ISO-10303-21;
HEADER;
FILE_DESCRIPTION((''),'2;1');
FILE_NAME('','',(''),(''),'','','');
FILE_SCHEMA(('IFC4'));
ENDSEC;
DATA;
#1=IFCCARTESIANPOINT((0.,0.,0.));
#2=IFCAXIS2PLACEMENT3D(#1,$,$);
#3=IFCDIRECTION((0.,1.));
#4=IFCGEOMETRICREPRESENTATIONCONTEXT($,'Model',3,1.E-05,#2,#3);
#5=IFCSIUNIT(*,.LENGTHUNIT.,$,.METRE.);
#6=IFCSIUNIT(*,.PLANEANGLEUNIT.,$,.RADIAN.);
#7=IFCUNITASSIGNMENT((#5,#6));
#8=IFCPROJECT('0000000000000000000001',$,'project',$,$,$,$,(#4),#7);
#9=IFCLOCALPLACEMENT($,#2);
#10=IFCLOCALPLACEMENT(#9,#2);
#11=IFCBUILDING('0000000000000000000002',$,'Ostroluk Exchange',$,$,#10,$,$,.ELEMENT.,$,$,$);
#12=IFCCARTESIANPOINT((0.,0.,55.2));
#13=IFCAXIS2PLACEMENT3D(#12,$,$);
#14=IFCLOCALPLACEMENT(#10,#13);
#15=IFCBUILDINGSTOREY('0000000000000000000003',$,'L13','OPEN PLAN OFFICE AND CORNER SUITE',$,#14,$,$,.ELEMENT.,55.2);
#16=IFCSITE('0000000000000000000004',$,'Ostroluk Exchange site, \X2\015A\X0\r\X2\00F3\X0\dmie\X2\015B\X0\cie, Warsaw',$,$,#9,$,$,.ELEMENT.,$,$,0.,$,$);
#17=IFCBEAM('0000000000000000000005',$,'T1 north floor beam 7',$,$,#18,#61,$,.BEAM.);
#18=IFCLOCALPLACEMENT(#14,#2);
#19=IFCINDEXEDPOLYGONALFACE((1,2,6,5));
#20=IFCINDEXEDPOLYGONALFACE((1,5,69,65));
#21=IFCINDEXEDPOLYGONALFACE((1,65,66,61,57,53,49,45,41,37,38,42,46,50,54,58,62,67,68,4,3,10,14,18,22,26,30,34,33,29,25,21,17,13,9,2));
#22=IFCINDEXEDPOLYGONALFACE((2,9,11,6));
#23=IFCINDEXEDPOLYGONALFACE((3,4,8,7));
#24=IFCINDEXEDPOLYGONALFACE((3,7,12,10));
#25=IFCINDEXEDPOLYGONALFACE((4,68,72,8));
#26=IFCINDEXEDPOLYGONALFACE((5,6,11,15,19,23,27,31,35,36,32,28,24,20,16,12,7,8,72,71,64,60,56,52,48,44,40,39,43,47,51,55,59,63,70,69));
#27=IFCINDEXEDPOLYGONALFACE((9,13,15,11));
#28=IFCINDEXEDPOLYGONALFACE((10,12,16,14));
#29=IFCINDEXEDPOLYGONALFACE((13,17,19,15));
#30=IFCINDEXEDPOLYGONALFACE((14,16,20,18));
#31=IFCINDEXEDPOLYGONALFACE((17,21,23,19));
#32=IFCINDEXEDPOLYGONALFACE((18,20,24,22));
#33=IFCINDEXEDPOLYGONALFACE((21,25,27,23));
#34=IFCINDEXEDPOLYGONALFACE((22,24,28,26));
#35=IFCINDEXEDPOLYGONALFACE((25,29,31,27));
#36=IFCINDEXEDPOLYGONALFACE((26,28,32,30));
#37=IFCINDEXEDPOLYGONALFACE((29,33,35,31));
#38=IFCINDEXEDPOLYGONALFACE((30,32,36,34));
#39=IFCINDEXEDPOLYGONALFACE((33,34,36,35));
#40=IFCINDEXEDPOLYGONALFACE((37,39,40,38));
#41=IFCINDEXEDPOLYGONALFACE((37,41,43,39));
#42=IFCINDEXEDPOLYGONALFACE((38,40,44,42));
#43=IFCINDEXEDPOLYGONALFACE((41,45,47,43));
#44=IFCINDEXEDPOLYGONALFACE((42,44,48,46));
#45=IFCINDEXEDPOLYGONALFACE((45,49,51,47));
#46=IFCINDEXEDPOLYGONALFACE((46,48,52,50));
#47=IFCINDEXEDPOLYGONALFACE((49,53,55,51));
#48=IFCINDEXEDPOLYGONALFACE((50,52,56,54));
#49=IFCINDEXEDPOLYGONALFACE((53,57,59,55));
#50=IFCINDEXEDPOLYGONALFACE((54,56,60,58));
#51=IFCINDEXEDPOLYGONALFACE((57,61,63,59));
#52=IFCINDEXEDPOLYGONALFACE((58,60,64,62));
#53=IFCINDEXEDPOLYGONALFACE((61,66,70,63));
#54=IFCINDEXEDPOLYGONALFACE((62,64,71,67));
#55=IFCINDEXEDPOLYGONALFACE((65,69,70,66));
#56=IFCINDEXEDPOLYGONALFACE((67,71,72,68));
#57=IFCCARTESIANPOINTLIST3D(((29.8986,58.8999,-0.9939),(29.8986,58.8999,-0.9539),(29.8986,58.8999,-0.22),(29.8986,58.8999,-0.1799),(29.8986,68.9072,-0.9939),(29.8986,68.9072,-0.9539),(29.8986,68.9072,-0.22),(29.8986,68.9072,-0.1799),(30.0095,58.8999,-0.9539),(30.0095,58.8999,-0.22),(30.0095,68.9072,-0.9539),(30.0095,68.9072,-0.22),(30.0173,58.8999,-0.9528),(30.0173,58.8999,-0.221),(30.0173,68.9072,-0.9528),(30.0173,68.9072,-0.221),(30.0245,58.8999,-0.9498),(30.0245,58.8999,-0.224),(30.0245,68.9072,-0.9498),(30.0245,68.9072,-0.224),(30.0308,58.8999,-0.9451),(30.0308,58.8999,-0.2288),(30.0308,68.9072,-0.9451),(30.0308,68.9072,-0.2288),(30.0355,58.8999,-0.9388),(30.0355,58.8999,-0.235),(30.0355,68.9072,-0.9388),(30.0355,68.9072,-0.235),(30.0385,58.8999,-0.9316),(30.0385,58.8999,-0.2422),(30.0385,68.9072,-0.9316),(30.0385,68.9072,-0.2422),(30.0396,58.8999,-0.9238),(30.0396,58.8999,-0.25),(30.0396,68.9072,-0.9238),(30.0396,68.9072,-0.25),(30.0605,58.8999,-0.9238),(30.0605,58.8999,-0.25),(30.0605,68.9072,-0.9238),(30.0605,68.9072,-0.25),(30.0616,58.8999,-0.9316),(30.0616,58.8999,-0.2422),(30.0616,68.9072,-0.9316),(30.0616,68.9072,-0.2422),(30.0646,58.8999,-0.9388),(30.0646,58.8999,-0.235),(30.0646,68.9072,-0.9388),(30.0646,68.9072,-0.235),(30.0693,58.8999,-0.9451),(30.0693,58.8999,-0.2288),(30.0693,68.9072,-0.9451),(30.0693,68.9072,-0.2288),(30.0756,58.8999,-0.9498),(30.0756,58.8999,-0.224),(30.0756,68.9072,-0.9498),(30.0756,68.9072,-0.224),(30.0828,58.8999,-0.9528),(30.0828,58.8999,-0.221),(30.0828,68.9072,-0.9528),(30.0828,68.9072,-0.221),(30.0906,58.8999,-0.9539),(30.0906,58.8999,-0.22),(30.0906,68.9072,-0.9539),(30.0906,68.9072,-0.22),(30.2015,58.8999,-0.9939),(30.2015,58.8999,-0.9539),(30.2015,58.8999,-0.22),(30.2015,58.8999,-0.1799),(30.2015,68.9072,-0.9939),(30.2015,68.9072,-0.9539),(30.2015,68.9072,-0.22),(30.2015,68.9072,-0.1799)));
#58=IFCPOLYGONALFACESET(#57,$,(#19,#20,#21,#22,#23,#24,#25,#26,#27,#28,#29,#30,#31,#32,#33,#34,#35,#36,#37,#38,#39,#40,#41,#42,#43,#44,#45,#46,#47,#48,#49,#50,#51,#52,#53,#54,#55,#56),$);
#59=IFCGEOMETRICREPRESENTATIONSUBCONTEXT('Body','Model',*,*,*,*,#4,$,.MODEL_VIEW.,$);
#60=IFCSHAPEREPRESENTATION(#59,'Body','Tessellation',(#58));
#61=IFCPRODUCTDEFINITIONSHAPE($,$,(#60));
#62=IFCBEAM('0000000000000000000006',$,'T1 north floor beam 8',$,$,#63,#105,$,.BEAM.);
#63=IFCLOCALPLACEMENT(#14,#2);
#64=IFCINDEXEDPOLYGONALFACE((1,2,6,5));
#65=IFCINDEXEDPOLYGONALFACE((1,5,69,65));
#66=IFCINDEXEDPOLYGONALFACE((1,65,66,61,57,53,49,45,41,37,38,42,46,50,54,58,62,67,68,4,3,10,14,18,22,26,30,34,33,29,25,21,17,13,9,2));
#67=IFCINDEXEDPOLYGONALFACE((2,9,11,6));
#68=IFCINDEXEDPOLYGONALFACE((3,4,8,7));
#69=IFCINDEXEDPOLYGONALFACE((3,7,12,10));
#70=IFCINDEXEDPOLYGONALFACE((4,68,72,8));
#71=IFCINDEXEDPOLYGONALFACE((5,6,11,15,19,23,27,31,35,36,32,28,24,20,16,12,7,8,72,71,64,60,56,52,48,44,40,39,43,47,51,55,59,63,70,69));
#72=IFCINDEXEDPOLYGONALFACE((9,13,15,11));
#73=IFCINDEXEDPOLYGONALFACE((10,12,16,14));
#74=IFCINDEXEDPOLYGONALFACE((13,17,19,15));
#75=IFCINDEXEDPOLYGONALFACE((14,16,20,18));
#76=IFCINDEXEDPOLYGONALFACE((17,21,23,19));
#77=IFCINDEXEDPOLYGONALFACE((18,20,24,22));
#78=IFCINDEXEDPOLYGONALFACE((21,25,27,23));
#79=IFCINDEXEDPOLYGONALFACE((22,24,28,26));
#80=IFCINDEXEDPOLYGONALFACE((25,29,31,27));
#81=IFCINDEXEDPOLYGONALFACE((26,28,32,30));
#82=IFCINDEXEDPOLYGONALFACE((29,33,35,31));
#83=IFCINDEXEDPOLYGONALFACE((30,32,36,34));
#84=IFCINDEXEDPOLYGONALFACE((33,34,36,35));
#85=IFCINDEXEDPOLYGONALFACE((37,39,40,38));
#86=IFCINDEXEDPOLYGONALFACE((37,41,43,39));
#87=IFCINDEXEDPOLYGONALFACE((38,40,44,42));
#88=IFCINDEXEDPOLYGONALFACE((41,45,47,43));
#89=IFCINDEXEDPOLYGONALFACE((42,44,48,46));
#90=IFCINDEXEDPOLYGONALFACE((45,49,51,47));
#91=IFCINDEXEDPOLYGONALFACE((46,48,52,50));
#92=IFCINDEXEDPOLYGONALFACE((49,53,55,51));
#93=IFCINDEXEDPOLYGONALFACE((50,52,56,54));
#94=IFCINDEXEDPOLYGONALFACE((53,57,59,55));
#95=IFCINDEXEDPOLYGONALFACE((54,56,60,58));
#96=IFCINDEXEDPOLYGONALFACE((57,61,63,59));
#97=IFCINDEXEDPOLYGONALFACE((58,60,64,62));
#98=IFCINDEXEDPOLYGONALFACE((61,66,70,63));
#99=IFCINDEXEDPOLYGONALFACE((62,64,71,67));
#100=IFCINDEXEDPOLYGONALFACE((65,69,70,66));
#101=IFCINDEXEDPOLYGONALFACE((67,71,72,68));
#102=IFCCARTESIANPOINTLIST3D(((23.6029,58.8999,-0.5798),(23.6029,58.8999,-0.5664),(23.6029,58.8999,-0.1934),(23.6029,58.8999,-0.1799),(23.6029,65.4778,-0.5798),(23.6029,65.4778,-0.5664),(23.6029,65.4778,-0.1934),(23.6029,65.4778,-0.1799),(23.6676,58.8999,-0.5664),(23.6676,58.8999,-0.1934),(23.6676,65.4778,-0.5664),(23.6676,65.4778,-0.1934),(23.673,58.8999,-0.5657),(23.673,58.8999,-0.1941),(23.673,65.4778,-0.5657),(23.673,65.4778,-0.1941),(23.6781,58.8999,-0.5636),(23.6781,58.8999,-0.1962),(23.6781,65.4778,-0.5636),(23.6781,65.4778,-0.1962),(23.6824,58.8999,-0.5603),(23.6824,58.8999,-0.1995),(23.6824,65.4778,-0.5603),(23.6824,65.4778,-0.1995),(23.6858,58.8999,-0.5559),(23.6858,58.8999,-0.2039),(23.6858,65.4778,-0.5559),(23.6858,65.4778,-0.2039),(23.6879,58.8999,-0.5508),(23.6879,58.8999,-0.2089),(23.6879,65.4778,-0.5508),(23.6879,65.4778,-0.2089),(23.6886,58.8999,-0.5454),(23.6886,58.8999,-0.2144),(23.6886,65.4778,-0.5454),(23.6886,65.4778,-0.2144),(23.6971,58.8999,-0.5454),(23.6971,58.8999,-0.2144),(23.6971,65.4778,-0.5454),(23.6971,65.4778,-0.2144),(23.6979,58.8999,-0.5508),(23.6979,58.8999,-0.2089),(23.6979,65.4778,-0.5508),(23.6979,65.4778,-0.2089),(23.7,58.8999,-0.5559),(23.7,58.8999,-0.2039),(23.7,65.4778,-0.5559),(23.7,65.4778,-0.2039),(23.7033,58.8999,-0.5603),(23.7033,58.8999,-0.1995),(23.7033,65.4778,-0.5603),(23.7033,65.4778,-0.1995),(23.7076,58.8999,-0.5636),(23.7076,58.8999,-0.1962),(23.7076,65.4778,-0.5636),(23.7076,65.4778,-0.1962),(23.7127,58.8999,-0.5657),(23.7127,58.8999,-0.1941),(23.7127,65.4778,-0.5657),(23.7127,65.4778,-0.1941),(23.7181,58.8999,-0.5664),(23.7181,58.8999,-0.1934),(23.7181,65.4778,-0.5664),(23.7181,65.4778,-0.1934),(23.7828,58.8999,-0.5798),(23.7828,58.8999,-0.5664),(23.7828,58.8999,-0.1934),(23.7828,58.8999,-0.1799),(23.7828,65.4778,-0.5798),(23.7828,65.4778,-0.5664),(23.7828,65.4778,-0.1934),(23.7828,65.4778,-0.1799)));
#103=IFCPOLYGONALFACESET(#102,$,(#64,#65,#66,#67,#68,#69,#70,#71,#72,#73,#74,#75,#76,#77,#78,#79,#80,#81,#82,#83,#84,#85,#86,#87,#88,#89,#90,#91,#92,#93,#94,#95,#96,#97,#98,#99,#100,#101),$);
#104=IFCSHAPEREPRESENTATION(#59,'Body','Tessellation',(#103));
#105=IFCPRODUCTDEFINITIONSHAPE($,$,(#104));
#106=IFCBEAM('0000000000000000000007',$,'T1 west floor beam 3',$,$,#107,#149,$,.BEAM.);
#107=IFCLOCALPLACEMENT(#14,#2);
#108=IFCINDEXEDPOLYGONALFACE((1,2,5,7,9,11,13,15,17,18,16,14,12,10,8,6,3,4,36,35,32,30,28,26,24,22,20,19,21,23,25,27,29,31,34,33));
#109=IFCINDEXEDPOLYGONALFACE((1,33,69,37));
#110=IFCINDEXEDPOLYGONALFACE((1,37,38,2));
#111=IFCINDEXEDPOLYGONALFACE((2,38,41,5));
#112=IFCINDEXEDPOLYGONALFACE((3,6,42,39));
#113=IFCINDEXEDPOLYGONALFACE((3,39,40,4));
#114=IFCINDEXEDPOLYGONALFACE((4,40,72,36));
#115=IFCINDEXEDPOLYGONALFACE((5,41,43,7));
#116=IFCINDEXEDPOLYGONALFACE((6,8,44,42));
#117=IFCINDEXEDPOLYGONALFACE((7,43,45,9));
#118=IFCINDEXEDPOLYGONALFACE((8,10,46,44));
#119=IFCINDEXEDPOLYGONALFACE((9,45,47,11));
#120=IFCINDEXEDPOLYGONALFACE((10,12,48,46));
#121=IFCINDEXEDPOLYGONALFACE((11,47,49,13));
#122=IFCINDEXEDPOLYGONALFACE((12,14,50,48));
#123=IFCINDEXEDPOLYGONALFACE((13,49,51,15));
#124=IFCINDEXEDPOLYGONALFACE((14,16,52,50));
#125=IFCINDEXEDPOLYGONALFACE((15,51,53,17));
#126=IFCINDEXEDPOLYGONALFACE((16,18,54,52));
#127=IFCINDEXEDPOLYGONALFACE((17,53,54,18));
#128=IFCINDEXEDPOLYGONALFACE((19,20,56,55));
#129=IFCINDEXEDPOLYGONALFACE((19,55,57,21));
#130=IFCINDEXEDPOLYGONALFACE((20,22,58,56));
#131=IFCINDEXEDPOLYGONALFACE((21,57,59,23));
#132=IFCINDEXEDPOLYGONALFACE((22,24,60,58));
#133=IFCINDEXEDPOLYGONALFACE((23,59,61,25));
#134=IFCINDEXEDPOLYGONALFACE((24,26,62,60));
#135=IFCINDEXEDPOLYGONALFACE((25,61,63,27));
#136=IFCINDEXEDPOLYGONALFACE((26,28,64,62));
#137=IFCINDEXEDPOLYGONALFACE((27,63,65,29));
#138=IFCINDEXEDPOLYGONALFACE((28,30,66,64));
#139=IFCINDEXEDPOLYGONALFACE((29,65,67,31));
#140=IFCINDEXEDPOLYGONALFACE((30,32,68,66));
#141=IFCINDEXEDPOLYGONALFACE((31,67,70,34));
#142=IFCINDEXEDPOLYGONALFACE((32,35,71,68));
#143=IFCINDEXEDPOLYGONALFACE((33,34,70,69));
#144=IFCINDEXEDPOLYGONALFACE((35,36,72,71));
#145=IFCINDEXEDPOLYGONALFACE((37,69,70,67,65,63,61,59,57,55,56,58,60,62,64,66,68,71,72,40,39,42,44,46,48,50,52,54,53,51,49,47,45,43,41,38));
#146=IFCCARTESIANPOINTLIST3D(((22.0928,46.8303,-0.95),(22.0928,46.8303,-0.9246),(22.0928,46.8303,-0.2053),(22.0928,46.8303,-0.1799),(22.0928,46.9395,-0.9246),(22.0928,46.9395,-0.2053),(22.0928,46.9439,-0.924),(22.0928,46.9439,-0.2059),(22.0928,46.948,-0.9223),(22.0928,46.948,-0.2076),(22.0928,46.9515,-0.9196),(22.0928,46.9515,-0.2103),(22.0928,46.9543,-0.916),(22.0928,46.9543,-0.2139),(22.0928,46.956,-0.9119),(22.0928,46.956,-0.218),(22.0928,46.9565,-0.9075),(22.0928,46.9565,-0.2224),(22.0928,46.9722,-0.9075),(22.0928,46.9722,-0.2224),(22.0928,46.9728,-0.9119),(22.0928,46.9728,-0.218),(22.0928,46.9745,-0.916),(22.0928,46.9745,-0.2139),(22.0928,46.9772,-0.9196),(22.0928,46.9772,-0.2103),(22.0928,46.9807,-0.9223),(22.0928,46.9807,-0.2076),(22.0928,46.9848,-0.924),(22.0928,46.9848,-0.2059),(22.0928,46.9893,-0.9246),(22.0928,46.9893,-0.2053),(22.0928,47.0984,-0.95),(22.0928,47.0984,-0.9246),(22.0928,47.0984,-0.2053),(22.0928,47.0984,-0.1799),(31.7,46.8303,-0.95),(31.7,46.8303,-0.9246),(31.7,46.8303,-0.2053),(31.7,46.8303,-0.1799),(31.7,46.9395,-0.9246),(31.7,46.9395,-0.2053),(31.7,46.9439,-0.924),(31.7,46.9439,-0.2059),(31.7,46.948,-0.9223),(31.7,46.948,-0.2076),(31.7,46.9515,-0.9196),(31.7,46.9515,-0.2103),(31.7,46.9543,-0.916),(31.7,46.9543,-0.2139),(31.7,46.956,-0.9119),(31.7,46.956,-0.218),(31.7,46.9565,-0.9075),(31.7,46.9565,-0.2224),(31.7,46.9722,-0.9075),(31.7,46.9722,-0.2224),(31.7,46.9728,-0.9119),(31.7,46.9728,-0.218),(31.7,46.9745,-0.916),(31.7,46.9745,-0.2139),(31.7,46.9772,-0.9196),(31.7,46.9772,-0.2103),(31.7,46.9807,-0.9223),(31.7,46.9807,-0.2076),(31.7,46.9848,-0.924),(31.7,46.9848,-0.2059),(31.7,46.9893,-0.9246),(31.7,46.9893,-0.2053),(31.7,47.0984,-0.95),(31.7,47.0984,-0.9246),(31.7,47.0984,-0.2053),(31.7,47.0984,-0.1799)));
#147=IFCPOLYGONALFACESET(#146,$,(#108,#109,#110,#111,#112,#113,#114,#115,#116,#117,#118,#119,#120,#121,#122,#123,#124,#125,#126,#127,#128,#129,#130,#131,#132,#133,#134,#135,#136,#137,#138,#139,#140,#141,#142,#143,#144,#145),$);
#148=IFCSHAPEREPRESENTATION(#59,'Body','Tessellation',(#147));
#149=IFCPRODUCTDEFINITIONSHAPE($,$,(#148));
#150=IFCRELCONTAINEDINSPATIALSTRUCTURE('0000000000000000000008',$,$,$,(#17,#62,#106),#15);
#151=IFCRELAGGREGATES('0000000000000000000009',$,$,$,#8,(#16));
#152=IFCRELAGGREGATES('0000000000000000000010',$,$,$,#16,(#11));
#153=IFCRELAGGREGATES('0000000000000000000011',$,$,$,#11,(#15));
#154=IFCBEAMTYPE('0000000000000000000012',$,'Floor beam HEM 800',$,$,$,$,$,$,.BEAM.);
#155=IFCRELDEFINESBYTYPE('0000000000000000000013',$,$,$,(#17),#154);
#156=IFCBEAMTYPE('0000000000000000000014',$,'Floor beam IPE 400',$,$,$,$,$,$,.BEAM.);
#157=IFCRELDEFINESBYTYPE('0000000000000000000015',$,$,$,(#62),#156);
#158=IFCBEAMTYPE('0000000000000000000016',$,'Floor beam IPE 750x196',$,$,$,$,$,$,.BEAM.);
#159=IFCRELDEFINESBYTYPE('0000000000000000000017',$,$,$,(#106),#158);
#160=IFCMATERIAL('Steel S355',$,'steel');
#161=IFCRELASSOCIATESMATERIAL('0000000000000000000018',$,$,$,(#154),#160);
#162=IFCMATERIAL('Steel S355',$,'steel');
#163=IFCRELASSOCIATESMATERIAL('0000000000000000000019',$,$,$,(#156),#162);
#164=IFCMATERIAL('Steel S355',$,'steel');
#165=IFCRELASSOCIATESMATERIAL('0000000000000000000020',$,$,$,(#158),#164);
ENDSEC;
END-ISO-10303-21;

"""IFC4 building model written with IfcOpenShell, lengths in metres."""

from ifc_helpers import new_model, si_unit, direction, frame, origin, origin_2d, place, context, subcontext, project, spatial, i_section, extrude, material, material_profile, profile_set, type_object, element, save


model = new_model("IFC4")

# Units and contexts
model_context = context("Model", 3, precision=1e-05, world=origin(), true_north=direction((0.0, 1.0)))
body_context = subcontext(model_context, "Body", "Model", "MODEL_VIEW")
ifc_project = project(units=[si_unit("LENGTHUNIT", "METRE"), si_unit("PLANEANGLEUNIT", "RADIAN")], contexts=[model_context])

# Site, building, storey
site_placement = place(None, origin())
site = spatial("IfcSite", under=ifc_project, at=site_placement, Name="Ostroluk Exchange site, Śródmieście, Warsaw", CompositionType="ELEMENT", RefElevation=0.0)
building_placement = place(site_placement, origin())
building = spatial("IfcBuilding", under=site, at=building_placement, Name="Ostroluk Exchange", CompositionType="ELEMENT")
storey_placement = place(building_placement, frame((0.0, 0.0, 55.2)))
storey = spatial("IfcBuildingStorey", under=building, at=storey_placement, Name="L13", Description="OPEN PLAN OFFICE AND CORNER SUITE", CompositionType="ELEMENT", Elevation=55.2)

# Beams
ifc_material_1 = material(Name="Steel S355", Category="steel")
ifc_material_profile_1 = material_profile(ifc_material_1, i_section(OverallWidth=0.303, OverallDepth=0.814, WebThickness=0.021, FlangeThickness=0.04, FilletRadius=0.03, at=origin_2d()), Name="HEM 800")
ifc_profile_set_1 = profile_set([ifc_material_profile_1], Name="Steel S355")
beam_type_1 = type_object("IfcBeamType", Name="Floor beam HEM 800", PredefinedType="BEAM", material=ifc_profile_set_1)
beam_1_placement = place(storey_placement, frame((30.05, 58.8999, -0.5869), z_axis=(0.0, 1.0, 0.0), x_axis=(-1.0, 0.0, 0.0)))
element("IfcBeam", 1, at=beam_1_placement, inside=storey, type_object=beam_type_1, Name="T1 north floor beam 7", PredefinedType="BEAM", context=body_context, shape_type="SweptSolid", body=[
    extrude(i_section(OverallWidth=0.303, OverallDepth=0.814, WebThickness=0.021, FlangeThickness=0.04, FilletRadius=0.03, at=origin_2d()), origin(), (0.0, 0.0, 1.0), 10.0073),
])
ifc_material_2 = material(Name="Steel S355", Category="steel")
ifc_material_profile_2 = material_profile(ifc_material_2, i_section(OverallWidth=0.1799, OverallDepth=0.3999, WebThickness=0.0085, FlangeThickness=0.0134, FilletRadius=0.021, at=origin_2d()), Name="IPE 400")
ifc_profile_set_2 = profile_set([ifc_material_profile_2], Name="Steel S355")
beam_type_2 = type_object("IfcBeamType", Name="Floor beam IPE 400", PredefinedType="BEAM", material=ifc_profile_set_2)
beam_2_placement = place(storey_placement, frame((23.6929, 58.8999, -0.3799), z_axis=(0.0, 1.0, 0.0), x_axis=(-1.0, 0.0, 0.0)))
element("IfcBeam", 2, at=beam_2_placement, inside=storey, type_object=beam_type_2, Name="T1 north floor beam 8", PredefinedType="BEAM", context=body_context, shape_type="SweptSolid", body=[
    extrude(i_section(OverallWidth=0.1799, OverallDepth=0.3999, WebThickness=0.0085, FlangeThickness=0.0134, FilletRadius=0.021, at=origin_2d()), origin(), (0.0, 0.0, 1.0), 6.5779),
])
ifc_material_3 = material(Name="Steel S355", Category="steel")
ifc_material_profile_3 = material_profile(ifc_material_3, i_section(OverallWidth=0.2681, OverallDepth=0.77, WebThickness=0.0156, FlangeThickness=0.0254, FilletRadius=0.0171, at=origin_2d()), Name="IPE 750x196")
ifc_profile_set_3 = profile_set([ifc_material_profile_3], Name="Steel S355")
beam_type_3 = type_object("IfcBeamType", Name="Floor beam IPE 750x196", PredefinedType="BEAM", material=ifc_profile_set_3)
beam_3_placement = place(storey_placement, frame((31.7, 46.9644, -0.5649), z_axis=(-1.0, 0.0, 0.0), x_axis=(0.0, -1.0, 0.0)))
element("IfcBeam", 3, at=beam_3_placement, inside=storey, type_object=beam_type_3, Name="T1 west floor beam 3", PredefinedType="BEAM", context=body_context, shape_type="SweptSolid", body=[
    extrude(i_section(OverallWidth=0.2681, OverallDepth=0.77, WebThickness=0.0156, FlangeThickness=0.0254, FilletRadius=0.0171, at=origin_2d()), origin(), (0.0, 0.0, 1.0), 9.6072),
])

save(model, "model.ifc")
